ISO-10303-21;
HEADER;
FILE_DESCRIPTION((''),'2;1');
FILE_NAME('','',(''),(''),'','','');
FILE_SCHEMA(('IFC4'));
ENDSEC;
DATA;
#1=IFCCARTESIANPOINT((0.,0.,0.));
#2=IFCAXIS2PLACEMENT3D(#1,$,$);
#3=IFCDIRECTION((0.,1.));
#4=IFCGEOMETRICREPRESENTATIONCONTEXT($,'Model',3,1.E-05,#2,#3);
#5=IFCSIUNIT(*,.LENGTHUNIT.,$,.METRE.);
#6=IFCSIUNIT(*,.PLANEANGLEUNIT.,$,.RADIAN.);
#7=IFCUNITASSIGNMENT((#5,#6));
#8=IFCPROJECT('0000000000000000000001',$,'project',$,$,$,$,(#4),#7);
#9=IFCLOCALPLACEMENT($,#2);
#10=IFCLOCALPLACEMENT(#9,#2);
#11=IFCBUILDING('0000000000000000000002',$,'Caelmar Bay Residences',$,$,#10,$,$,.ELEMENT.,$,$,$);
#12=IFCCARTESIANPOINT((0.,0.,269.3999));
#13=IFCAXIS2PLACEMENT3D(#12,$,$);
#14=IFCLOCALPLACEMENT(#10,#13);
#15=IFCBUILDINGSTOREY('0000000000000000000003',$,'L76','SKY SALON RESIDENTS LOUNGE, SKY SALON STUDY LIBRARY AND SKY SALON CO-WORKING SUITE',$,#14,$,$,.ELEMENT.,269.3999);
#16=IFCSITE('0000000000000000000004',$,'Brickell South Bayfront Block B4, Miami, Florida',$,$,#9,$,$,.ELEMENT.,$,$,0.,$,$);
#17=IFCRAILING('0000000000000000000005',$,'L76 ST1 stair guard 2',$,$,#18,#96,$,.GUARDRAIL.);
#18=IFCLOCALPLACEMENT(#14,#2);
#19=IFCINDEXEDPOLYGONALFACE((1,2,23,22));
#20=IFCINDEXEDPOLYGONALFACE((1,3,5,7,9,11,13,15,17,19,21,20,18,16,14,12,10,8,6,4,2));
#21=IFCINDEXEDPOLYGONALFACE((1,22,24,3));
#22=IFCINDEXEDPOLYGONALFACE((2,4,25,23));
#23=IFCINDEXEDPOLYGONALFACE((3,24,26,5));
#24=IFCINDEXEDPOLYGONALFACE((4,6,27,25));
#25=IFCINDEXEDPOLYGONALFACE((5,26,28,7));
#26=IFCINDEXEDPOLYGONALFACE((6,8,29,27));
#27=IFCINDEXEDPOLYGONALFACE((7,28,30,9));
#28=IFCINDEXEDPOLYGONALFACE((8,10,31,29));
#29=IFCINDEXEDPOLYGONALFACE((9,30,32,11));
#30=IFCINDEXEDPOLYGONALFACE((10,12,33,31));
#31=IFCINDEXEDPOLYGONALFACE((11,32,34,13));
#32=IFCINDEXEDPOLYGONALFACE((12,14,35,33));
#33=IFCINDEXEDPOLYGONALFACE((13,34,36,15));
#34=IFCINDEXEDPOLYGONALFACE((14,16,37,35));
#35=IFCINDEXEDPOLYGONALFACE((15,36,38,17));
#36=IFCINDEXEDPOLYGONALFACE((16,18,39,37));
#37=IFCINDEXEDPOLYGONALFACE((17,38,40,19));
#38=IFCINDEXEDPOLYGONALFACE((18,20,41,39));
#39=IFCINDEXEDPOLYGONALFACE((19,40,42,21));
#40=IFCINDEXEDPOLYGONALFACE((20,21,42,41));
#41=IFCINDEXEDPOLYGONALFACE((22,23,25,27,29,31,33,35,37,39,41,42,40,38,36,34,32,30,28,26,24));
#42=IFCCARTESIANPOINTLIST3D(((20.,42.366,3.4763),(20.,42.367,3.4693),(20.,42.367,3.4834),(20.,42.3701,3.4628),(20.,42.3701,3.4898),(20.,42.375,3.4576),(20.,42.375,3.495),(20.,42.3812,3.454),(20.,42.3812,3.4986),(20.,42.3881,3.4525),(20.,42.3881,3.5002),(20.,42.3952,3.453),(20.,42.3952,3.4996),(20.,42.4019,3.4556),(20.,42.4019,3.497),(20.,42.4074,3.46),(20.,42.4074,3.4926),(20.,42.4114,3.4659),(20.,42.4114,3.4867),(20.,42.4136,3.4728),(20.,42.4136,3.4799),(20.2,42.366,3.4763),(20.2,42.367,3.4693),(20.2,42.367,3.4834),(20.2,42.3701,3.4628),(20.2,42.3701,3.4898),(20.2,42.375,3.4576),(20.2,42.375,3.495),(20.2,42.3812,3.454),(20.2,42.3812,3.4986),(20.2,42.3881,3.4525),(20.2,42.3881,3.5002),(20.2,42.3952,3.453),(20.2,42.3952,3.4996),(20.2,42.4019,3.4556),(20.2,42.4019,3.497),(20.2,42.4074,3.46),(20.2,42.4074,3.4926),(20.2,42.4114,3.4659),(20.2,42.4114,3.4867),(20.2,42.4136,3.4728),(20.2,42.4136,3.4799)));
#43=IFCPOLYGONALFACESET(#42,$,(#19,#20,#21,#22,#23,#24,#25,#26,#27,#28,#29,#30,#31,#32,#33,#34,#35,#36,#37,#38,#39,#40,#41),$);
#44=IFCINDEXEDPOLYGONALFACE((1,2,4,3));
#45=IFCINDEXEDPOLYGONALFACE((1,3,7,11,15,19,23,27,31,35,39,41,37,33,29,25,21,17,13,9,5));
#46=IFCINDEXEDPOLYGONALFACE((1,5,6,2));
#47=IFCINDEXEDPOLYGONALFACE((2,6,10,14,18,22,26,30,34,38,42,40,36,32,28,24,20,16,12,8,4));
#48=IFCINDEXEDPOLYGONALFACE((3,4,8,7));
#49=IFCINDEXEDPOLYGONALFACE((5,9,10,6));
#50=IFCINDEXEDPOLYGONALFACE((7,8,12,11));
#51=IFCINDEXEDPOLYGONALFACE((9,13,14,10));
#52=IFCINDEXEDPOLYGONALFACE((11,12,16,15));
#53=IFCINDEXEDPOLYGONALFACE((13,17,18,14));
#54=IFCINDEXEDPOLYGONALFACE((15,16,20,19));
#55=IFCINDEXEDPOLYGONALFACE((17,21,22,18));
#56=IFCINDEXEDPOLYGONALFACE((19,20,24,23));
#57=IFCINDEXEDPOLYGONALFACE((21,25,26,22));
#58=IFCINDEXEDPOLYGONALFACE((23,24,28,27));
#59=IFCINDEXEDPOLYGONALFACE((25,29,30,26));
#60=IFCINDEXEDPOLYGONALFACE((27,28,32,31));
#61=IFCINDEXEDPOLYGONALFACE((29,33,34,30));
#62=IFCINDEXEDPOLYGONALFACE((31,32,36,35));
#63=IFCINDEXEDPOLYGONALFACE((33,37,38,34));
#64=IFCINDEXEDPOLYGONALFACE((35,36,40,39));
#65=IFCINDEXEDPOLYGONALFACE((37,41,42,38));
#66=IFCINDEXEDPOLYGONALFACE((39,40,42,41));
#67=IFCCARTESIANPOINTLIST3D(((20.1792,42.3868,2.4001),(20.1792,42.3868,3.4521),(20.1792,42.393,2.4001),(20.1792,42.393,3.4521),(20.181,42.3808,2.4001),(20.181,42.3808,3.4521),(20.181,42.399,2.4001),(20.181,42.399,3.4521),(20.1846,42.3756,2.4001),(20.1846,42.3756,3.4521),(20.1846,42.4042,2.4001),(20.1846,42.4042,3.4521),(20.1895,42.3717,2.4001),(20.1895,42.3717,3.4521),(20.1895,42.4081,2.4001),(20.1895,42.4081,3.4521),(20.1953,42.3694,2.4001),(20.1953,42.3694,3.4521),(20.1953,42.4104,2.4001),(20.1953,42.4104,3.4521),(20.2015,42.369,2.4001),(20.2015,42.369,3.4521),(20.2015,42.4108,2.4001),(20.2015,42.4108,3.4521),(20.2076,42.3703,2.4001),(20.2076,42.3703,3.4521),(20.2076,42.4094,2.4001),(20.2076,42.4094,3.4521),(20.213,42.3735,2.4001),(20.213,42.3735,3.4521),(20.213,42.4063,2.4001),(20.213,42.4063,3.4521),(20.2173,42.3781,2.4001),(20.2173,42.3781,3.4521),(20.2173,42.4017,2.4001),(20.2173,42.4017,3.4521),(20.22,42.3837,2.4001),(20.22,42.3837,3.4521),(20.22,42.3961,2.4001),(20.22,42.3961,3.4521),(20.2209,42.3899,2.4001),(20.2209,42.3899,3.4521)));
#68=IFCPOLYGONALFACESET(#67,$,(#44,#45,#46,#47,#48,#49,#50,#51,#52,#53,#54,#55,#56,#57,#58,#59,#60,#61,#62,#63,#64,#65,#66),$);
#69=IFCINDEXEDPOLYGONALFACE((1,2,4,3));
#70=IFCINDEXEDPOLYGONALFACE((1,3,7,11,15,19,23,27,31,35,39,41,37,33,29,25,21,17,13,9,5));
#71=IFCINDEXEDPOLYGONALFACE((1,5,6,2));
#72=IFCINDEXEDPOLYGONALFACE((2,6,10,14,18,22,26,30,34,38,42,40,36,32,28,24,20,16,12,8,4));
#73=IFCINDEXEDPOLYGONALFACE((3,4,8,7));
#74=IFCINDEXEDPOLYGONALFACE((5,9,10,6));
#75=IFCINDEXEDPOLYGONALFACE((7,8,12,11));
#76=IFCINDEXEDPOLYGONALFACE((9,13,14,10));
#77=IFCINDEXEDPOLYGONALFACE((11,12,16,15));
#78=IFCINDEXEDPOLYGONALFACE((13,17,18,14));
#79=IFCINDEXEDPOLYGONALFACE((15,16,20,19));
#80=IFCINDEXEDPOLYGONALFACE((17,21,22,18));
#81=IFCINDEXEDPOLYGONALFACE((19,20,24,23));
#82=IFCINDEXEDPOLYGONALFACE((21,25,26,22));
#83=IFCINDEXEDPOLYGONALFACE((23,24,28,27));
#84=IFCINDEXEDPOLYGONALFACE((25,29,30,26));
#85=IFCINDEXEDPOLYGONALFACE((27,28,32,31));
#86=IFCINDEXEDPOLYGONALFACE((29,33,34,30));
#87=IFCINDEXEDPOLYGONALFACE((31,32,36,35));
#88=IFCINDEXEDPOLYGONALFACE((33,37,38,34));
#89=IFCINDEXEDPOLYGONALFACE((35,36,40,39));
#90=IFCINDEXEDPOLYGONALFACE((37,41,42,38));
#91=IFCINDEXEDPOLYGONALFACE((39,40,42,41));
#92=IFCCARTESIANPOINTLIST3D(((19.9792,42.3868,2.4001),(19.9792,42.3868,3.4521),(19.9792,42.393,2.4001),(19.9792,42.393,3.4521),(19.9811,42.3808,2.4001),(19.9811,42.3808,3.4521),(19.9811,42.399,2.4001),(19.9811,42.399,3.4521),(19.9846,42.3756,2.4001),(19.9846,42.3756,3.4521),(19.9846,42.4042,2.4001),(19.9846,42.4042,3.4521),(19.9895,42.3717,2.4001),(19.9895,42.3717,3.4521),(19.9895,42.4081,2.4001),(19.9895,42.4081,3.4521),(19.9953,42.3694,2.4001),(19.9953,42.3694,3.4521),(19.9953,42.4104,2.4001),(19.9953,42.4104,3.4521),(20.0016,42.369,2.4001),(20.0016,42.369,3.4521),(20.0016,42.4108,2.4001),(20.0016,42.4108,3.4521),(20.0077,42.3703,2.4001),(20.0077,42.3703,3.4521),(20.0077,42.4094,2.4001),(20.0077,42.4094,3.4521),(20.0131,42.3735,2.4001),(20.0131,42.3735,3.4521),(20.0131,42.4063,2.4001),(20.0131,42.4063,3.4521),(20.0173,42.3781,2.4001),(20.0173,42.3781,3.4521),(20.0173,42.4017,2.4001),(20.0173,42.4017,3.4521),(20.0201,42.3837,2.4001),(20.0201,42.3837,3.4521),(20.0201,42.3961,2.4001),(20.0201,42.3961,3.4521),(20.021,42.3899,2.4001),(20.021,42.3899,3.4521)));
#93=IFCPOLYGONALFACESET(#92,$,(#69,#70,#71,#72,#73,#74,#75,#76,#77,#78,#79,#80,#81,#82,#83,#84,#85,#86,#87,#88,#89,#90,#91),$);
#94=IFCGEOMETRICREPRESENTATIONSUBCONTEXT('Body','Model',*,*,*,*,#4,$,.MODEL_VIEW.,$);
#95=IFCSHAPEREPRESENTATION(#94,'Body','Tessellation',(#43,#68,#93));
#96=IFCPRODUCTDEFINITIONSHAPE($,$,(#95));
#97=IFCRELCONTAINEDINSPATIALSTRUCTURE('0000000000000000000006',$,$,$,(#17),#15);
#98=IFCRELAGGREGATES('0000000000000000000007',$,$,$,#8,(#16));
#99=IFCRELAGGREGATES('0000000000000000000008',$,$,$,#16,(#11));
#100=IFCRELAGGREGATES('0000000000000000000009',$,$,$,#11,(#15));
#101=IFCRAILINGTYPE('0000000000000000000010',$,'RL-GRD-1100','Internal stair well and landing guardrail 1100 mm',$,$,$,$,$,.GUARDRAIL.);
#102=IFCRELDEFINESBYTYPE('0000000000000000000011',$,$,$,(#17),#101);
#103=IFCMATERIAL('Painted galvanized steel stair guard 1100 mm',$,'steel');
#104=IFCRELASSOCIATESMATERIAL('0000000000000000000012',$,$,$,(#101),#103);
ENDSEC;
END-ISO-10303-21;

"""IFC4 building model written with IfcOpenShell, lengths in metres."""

from ifc_helpers import new_model, si_unit, direction, frame, origin, origin_2d, place, context, subcontext, project, spatial, circle, extrude, material, type_object, element, save


model = new_model("IFC4")

# Units and contexts
model_context = context("Model", 3, precision=1e-05, world=origin(), true_north=direction((0.0, 1.0)))
body_context = subcontext(model_context, "Body", "Model", "MODEL_VIEW")
ifc_project = project(units=[si_unit("LENGTHUNIT", "METRE"), si_unit("PLANEANGLEUNIT", "RADIAN")], contexts=[model_context])

# Site, building, storey
site_placement = place(None, origin())
site = spatial("IfcSite", under=ifc_project, at=site_placement, Name="Brickell South Bayfront Block B4, Miami, Florida", CompositionType="ELEMENT", RefElevation=0.0)
building_placement = place(site_placement, origin())
building = spatial("IfcBuilding", under=site, at=building_placement, Name="Caelmar Bay Residences", CompositionType="ELEMENT")
storey_placement = place(building_placement, frame((0.0, 0.0, 269.3999)))
storey = spatial("IfcBuildingStorey", under=building, at=storey_placement, Name="L76", Description="SKY SALON RESIDENTS LOUNGE, SKY SALON STUDY LIBRARY AND SKY SALON CO-WORKING SUITE", CompositionType="ELEMENT", Elevation=269.3999)

# Railing
ifc_material_1 = material(Name="Painted galvanized steel stair guard 1100 mm", Category="steel")
railing_type_1 = type_object("IfcRailingType", Name="RL-GRD-1100", Description="Internal stair well and landing guardrail 1100 mm", PredefinedType="GUARDRAIL", material=ifc_material_1)
railing_1_placement = place(storey_placement, frame((20.2, 42.3899, 2.4001)))
element("IfcRailing", 1, at=railing_1_placement, inside=storey, type_object=railing_type_1, Name="L76 ST1 stair guard 2", PredefinedType="GUARDRAIL", context=body_context, shape_type="SweptSolid", body=[
    extrude(circle(Radius=0.0239, at=origin_2d()), frame((0.0, 0.0, 1.0762), z_axis=(-1.0, 0.0, 0.0), x_axis=(0.0, -1.0, 0.0)), (0.0, 0.0, 1.0), 0.2),
    extrude(circle(Radius=0.021, at=origin_2d()), origin(), (0.0, 0.0, 1.0), 1.052),
    extrude(circle(Radius=0.021, at=origin_2d()), frame((-0.2, 0.0, 0.0)), (0.0, 0.0, 1.0), 1.052),
])

save(model, "model.ifc")
